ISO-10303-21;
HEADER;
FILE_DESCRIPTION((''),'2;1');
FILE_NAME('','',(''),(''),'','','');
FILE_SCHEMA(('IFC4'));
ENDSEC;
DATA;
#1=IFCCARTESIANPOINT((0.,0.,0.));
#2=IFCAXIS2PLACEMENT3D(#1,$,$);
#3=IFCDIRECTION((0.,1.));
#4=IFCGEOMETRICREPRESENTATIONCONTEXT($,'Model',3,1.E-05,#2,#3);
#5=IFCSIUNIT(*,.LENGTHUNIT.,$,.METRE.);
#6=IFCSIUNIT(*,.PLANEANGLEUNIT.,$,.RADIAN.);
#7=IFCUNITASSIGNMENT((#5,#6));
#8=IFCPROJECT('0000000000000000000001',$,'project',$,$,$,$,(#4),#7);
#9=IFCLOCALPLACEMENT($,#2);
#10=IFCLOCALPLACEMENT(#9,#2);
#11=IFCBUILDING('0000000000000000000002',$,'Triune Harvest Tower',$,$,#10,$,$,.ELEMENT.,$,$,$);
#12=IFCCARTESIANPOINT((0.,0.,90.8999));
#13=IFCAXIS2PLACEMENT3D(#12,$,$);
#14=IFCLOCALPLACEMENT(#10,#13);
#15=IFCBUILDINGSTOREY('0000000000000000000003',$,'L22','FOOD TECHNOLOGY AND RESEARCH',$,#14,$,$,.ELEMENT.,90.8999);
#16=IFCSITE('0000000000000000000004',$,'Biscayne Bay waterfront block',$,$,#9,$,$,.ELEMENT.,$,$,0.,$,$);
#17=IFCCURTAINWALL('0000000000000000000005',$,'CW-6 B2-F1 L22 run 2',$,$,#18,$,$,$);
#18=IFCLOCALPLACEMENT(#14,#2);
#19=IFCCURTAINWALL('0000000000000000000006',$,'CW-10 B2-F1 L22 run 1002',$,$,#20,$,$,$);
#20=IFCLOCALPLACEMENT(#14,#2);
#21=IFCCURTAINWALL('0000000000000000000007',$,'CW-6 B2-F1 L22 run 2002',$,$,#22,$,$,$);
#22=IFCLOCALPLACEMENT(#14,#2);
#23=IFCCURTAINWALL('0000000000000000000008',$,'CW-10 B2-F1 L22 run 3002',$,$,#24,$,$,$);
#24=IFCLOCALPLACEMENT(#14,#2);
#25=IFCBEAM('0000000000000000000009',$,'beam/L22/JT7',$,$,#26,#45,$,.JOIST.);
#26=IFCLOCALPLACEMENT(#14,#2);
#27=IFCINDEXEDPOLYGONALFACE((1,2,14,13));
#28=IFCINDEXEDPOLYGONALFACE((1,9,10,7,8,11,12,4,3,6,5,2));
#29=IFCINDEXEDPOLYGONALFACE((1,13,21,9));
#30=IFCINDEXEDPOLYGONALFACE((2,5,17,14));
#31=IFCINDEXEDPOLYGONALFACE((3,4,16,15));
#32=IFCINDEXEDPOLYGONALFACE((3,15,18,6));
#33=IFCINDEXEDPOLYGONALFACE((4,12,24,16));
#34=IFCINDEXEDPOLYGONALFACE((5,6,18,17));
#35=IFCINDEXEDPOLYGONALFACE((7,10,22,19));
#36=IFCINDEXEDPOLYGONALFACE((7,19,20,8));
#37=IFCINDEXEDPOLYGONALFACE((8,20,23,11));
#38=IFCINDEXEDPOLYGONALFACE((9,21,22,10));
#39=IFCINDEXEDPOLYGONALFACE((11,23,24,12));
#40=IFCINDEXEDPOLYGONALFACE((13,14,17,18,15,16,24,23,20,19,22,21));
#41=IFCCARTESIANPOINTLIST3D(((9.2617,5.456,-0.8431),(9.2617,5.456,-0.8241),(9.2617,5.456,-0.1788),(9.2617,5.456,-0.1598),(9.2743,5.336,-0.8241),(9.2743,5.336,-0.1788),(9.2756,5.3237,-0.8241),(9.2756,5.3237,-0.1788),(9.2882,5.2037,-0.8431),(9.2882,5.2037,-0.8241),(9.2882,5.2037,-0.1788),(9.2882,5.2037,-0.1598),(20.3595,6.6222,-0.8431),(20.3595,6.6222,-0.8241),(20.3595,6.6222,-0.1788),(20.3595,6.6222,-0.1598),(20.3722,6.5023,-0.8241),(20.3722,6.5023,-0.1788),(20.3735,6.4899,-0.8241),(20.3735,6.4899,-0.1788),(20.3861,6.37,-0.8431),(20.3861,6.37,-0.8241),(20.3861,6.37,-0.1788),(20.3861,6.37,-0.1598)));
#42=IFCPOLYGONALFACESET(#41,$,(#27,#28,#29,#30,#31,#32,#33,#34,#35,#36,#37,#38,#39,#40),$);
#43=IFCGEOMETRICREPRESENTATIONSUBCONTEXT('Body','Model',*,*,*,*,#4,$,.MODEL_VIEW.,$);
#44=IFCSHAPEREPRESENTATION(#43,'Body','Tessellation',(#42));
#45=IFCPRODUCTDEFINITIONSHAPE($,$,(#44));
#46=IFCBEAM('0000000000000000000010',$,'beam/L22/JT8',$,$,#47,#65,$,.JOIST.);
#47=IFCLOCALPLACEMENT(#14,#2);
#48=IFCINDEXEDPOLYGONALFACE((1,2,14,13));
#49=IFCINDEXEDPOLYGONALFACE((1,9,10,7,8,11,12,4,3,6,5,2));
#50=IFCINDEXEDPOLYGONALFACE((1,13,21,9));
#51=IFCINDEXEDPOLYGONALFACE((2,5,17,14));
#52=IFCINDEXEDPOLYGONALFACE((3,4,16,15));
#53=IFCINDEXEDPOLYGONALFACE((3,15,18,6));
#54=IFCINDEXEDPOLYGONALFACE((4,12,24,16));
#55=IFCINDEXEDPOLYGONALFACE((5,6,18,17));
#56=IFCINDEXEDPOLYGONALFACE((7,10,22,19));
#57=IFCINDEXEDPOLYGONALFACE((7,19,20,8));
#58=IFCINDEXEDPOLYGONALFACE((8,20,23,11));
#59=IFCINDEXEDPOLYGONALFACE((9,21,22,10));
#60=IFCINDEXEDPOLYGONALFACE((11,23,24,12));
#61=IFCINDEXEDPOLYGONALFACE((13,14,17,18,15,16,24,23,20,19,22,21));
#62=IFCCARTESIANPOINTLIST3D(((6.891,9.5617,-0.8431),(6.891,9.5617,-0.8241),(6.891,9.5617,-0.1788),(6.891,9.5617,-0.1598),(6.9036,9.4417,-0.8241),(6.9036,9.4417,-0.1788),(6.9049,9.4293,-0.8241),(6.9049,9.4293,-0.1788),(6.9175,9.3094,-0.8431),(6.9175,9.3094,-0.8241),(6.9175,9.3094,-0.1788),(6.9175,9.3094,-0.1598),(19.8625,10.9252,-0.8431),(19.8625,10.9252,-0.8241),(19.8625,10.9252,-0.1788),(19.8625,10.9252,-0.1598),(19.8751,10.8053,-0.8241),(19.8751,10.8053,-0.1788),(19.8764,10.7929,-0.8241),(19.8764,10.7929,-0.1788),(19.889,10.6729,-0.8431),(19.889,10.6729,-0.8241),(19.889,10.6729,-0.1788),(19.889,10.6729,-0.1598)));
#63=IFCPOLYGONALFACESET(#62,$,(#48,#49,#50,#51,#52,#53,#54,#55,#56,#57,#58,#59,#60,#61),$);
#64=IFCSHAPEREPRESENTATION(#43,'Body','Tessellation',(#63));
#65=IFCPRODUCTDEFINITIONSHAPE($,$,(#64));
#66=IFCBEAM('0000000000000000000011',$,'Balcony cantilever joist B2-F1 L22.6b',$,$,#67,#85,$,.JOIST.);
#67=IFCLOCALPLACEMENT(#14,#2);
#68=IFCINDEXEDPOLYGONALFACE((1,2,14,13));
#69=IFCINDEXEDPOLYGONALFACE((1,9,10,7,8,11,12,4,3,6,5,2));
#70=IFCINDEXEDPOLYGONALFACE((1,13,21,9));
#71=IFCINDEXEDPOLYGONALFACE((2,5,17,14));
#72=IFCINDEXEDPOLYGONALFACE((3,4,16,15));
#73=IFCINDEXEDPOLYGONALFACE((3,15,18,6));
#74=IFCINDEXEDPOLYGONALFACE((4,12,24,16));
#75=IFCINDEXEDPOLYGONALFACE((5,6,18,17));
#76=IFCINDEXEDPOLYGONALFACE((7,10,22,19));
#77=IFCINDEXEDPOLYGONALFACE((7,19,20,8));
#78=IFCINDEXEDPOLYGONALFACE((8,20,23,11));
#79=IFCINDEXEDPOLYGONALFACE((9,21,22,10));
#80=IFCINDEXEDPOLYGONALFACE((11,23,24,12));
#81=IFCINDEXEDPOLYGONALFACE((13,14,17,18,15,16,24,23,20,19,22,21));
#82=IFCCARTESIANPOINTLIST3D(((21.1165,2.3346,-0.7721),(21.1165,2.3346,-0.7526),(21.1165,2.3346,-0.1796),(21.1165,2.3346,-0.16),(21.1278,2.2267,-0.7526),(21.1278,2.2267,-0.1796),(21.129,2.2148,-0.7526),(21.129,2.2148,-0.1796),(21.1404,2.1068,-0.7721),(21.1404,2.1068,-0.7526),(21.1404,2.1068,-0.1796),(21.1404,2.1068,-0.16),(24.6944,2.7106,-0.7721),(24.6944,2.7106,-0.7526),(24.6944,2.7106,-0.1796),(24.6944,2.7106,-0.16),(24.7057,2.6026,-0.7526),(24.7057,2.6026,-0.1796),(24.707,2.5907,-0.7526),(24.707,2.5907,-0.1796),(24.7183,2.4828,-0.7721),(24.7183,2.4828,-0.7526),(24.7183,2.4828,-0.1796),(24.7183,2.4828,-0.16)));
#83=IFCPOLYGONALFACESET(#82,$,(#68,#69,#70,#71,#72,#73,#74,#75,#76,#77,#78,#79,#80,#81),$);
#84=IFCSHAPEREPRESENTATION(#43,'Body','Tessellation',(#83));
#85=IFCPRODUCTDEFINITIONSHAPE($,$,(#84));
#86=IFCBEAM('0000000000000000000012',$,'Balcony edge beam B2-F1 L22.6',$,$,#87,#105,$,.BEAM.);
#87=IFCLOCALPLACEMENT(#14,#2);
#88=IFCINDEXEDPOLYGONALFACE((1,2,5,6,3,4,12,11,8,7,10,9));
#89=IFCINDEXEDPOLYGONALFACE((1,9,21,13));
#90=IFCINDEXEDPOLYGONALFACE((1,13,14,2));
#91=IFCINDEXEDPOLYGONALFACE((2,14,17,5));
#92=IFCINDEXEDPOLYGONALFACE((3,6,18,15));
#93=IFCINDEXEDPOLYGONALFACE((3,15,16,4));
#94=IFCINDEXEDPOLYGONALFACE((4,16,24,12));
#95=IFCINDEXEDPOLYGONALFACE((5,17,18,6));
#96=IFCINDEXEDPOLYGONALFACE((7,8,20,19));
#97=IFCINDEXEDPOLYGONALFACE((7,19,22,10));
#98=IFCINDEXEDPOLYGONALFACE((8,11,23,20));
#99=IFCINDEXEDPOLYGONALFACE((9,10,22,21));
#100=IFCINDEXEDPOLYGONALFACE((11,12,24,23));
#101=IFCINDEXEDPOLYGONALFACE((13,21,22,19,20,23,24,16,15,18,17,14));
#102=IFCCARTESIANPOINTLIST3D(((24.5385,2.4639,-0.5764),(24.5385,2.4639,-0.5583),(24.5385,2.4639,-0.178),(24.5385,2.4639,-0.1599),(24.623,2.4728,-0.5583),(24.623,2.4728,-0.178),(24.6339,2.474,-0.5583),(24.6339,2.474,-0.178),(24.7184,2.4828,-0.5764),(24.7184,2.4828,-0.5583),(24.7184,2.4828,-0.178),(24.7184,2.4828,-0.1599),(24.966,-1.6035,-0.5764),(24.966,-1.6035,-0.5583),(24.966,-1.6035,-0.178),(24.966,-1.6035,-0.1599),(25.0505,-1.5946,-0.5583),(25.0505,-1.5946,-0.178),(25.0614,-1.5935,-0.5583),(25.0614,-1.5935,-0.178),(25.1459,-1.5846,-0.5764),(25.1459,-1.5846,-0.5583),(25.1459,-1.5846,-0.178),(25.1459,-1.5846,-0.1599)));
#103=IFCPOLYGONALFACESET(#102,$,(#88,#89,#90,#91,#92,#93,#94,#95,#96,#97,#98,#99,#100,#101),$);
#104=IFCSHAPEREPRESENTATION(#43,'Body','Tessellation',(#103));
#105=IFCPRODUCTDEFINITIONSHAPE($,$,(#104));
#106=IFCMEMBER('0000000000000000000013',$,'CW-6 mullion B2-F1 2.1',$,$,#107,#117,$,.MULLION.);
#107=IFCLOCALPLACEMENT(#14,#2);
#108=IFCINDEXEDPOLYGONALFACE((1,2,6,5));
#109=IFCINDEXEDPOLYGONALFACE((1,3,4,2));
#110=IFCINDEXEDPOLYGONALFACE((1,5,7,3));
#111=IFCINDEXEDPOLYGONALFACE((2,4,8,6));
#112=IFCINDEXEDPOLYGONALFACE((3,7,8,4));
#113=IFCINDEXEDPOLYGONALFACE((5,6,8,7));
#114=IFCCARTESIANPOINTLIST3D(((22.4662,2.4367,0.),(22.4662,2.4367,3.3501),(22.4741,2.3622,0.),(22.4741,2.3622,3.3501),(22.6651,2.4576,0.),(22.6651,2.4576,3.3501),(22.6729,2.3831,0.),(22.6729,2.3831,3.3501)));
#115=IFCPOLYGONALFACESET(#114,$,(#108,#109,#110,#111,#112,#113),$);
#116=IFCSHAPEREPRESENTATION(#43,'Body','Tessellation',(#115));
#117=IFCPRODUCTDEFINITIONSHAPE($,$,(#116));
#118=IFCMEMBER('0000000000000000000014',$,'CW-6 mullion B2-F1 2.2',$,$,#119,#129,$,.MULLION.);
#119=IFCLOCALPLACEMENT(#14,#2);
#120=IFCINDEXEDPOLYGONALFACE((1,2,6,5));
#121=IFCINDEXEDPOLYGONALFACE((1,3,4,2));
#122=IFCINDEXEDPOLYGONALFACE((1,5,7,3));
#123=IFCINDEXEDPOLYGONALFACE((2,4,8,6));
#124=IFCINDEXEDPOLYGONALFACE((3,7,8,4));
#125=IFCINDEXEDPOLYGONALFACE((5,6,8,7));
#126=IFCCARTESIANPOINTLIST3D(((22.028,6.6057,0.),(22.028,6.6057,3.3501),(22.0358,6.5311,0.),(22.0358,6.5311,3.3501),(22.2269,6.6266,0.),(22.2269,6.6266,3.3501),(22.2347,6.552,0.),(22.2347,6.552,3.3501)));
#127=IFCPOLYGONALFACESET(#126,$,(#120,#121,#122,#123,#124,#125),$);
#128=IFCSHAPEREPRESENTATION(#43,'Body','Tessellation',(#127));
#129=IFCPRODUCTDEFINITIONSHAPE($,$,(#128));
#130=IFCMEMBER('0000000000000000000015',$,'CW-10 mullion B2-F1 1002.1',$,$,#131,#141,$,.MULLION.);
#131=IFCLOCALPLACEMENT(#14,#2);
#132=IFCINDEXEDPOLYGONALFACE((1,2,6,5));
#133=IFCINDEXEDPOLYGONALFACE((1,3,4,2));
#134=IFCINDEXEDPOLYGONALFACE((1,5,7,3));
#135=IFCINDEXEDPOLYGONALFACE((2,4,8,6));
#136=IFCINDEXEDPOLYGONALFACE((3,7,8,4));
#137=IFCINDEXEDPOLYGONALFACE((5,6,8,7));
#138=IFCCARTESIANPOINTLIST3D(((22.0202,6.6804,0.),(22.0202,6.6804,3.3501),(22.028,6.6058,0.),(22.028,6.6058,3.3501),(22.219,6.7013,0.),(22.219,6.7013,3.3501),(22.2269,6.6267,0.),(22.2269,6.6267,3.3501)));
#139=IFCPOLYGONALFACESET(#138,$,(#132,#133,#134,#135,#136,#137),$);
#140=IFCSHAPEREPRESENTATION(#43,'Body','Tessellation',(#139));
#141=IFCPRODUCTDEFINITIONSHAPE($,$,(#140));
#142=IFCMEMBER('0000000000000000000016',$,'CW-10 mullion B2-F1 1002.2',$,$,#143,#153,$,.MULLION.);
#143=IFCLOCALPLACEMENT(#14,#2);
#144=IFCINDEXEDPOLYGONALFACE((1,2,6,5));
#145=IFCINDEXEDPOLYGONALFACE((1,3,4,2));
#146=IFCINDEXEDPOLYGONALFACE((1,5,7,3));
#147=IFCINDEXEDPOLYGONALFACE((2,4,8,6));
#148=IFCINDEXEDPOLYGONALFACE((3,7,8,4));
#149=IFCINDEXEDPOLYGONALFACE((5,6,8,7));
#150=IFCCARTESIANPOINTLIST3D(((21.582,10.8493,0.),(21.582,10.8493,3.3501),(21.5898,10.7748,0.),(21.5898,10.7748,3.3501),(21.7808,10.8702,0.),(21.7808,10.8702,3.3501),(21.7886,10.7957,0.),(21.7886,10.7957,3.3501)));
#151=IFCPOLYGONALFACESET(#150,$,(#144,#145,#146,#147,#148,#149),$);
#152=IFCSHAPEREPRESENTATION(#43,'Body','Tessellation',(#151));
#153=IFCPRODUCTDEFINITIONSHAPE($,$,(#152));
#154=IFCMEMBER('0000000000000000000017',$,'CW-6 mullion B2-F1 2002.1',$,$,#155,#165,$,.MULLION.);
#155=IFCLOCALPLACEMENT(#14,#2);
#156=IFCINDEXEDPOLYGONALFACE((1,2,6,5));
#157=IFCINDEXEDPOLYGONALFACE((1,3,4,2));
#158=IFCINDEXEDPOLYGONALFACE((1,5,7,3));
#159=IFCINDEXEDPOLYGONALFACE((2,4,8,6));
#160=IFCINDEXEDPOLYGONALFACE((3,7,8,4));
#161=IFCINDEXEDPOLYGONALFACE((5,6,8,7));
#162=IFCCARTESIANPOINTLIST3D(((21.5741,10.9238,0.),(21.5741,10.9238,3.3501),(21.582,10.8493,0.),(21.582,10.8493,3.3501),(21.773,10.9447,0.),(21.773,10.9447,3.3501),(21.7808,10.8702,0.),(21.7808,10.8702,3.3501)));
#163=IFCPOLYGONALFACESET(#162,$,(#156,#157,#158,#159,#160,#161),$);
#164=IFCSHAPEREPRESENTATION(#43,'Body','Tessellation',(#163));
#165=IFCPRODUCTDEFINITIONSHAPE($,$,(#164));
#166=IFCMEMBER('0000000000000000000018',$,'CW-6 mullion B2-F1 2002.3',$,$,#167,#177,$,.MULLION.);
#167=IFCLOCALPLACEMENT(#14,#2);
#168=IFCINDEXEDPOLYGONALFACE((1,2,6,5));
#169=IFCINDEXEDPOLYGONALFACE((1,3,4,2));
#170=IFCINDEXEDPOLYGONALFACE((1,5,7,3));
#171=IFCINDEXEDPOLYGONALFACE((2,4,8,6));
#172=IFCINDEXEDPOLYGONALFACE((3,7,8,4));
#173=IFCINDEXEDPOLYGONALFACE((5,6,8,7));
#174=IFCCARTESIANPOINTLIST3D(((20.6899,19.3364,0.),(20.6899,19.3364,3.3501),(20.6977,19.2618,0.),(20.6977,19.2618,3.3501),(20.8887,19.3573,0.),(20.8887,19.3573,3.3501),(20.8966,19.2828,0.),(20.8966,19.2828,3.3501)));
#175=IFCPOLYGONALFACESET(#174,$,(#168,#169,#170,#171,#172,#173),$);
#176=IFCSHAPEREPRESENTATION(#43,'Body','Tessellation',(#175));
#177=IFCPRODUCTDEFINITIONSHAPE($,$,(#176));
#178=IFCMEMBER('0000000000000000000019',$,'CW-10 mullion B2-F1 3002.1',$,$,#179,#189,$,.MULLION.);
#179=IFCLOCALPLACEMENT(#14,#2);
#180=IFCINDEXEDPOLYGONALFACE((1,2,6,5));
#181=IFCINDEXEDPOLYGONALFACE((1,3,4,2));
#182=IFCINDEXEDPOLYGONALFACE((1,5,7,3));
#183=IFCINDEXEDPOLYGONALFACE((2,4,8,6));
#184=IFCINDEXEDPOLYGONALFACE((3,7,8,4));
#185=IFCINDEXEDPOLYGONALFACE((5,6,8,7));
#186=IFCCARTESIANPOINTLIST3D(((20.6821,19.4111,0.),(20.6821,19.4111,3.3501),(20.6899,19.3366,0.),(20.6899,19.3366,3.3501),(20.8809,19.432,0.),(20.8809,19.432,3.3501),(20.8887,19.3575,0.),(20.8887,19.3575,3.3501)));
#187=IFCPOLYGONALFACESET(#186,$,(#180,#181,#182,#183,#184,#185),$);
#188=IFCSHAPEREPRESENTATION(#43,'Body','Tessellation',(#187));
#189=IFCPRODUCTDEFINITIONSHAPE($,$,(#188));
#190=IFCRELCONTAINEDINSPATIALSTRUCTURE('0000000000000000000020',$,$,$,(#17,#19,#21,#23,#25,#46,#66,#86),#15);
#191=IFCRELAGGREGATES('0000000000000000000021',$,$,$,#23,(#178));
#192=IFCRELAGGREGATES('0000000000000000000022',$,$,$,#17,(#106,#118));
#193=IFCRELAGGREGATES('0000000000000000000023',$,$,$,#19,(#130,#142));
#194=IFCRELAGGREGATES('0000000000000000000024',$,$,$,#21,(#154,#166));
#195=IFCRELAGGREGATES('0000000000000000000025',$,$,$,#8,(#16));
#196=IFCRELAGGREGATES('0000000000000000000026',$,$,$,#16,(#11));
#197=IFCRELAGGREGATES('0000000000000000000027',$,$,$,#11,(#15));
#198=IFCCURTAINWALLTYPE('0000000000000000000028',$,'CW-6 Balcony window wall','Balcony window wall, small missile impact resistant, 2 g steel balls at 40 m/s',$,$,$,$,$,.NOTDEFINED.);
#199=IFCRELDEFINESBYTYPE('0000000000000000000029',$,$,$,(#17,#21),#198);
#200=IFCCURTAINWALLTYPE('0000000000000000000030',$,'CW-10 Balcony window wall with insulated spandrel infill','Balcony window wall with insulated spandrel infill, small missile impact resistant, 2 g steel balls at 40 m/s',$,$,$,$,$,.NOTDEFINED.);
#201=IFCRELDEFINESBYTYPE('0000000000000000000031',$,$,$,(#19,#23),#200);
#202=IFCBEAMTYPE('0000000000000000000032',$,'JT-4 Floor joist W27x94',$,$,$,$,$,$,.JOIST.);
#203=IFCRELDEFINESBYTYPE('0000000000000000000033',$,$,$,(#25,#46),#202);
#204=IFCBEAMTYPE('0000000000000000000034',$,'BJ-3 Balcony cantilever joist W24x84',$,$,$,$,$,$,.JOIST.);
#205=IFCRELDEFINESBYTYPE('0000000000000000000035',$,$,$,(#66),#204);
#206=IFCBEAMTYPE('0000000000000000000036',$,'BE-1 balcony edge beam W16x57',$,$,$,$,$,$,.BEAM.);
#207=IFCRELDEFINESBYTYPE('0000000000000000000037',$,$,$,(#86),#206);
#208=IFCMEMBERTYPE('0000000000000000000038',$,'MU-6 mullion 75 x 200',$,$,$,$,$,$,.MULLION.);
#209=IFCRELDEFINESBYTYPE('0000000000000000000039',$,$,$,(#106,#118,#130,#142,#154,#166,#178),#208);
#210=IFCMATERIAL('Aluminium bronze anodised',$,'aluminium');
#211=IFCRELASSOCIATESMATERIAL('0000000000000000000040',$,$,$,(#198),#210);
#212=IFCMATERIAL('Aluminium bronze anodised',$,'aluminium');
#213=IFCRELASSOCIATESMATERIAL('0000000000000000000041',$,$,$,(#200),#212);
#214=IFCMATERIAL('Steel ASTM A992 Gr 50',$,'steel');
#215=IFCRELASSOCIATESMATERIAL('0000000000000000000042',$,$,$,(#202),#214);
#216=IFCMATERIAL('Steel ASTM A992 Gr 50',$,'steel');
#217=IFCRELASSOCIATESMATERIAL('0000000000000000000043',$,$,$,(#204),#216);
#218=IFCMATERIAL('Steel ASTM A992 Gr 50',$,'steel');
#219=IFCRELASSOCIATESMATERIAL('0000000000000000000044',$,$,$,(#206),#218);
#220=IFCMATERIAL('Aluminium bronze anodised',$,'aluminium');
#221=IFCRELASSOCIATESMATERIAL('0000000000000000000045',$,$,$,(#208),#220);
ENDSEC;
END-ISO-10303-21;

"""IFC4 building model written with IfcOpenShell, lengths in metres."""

from ifc_helpers import new_model, si_unit, direction, frame, origin, origin_2d, place, context, subcontext, project, spatial, rectangle, i_section, extrude, source, transform, mapped, material, material_profile, profile_set, type_object, element, aggregate, save


model = new_model("IFC4")

# Units and contexts
model_context = context("Model", 3, precision=1e-05, world=origin(), true_north=direction((0.0, 1.0)))
body_context = subcontext(model_context, "Body", "Model", "MODEL_VIEW")
ifc_project = project(units=[si_unit("LENGTHUNIT", "METRE"), si_unit("PLANEANGLEUNIT", "RADIAN")], contexts=[model_context])

# Site, building, storey
site_placement = place(None, origin())
site = spatial("IfcSite", under=ifc_project, at=site_placement, Name="Biscayne Bay waterfront block", CompositionType="ELEMENT", RefElevation=0.0)
building_placement = place(site_placement, origin())
building = spatial("IfcBuilding", under=site, at=building_placement, Name="Triune Harvest Tower", CompositionType="ELEMENT")
storey_placement = place(building_placement, frame((0.0, 0.0, 90.8999)))
storey = spatial("IfcBuildingStorey", under=building, at=storey_placement, Name="L22", Description="FOOD TECHNOLOGY AND RESEARCH", CompositionType="ELEMENT", Elevation=90.8999)

# Curtain walls
ifc_material_1 = material(Name="Aluminium bronze anodised", Category="aluminium")
curtain_wall_type_1 = type_object("IfcCurtainWallType", Name="CW-6 Balcony window wall", Description="Balcony window wall, small missile impact resistant, 2 g steel balls at 40 m/s", PredefinedType="NOTDEFINED", material=ifc_material_1)
curtain_wall_1_placement = place(storey_placement, origin())
curtain_wall_1 = element("IfcCurtainWall", 1, at=curtain_wall_1_placement, inside=storey, type_object=curtain_wall_type_1, Name="CW-6 B2-F1 L22 run 2")
ifc_material_2 = material(Name="Aluminium bronze anodised", Category="aluminium")
curtain_wall_type_2 = type_object("IfcCurtainWallType", Name="CW-10 Balcony window wall with insulated spandrel infill", Description="Balcony window wall with insulated spandrel infill, small missile impact resistant, 2 g steel balls at 40 m/s", PredefinedType="NOTDEFINED", material=ifc_material_2)
curtain_wall_2_placement = place(storey_placement, origin())
curtain_wall_2 = element("IfcCurtainWall", 2, at=curtain_wall_2_placement, inside=storey, type_object=curtain_wall_type_2, Name="CW-10 B2-F1 L22 run 1002")
curtain_wall_3_placement = place(storey_placement, origin())
curtain_wall_3 = element("IfcCurtainWall", 3, at=curtain_wall_3_placement, inside=storey, type_object=curtain_wall_type_1, Name="CW-6 B2-F1 L22 run 2002")
curtain_wall_4_placement = place(storey_placement, origin())
curtain_wall_4 = element("IfcCurtainWall", 4, at=curtain_wall_4_placement, inside=storey, type_object=curtain_wall_type_2, Name="CW-10 B2-F1 L22 run 3002")

# Beams
ifc_material_3 = material(Name="Steel ASTM A992 Gr 50", Category="steel")
ifc_material_profile_1 = material_profile(ifc_material_3, i_section(OverallWidth=0.2537, OverallDepth=0.6833, WebThickness=0.0125, FlangeThickness=0.019, at=origin_2d()), Name="W27x94")
ifc_profile_set_1 = profile_set([ifc_material_profile_1], Name="Steel ASTM A992 Gr 50")
beam_type_1 = type_object("IfcBeamType", Name="JT-4 Floor joist W27x94", PredefinedType="JOIST", material=ifc_profile_set_1)
shared_shape_1 = source(origin(), body_context, "Body", "SweptSolid", [
    extrude(i_section(OverallWidth=0.2537, OverallDepth=0.6833, WebThickness=0.0125, FlangeThickness=0.019, at=origin_2d()), origin(), (0.0, 0.0, 1.0), 11.1589),
])
beam_1_placement = place(storey_placement, frame((20.3728, 6.4961, -0.5015), z_axis=(-0.994524, -0.104513, 0.0), x_axis=(0.104513, -0.994524, 0.0)))
element("IfcBeam", 5, at=beam_1_placement, inside=storey, type_object=beam_type_1, Name="beam/L22/JT7", PredefinedType="JOIST", context=body_context, shape_type="MappedRepresentation", body=[
    mapped(shared_shape_1, transform((0.0, 0.0, 0.0), scale=1.0)),
])
shared_shape_2 = source(origin(), body_context, "Body", "SweptSolid", [
    extrude(i_section(OverallWidth=0.2537, OverallDepth=0.6833, WebThickness=0.0125, FlangeThickness=0.019, at=origin_2d()), origin(), (0.0, 0.0, 1.0), 13.043),
])
beam_2_placement = place(storey_placement, frame((19.8757, 10.7991, -0.5015), z_axis=(-0.994521, -0.104542, 0.0), x_axis=(0.104542, -0.994521, 0.0)))
element("IfcBeam", 6, at=beam_2_placement, inside=storey, type_object=beam_type_1, Name="beam/L22/JT8", PredefinedType="JOIST", context=body_context, shape_type="MappedRepresentation", body=[
    mapped(shared_shape_2, transform((0.0, 0.0, 0.0), scale=1.0)),
])
ifc_material_4 = material(Name="Steel ASTM A992 Gr 50", Category="steel")
ifc_material_profile_2 = material_profile(ifc_material_4, i_section(OverallWidth=0.229, OverallDepth=0.6121, WebThickness=0.012, FlangeThickness=0.0195, at=origin_2d()), Name="W24x84")
ifc_profile_set_2 = profile_set([ifc_material_profile_2], Name="Steel ASTM A992 Gr 50")
beam_type_2 = type_object("IfcBeamType", Name="BJ-3 Balcony cantilever joist W24x84", PredefinedType="JOIST", material=ifc_profile_set_2)
shared_shape_3 = source(origin(), body_context, "Body", "SweptSolid", [
    extrude(i_section(OverallWidth=0.229, OverallDepth=0.6121, WebThickness=0.012, FlangeThickness=0.0195, at=origin_2d()), origin(), (0.0, 0.0, 1.0), 3.5977),
])
beam_3_placement = place(storey_placement, frame((21.1284, 2.2207, -0.4661), z_axis=(0.994524, 0.104508, 0.0), x_axis=(-0.104508, 0.994524, 0.0)))
element("IfcBeam", 7, at=beam_3_placement, inside=storey, type_object=beam_type_2, Name="Balcony cantilever joist B2-F1 L22.6b", PredefinedType="JOIST", context=body_context, shape_type="MappedRepresentation", body=[
    mapped(shared_shape_3, transform((0.0, 0.0, 0.0), scale=1.0)),
])
ifc_material_5 = material(Name="Steel ASTM A992 Gr 50", Category="steel")
ifc_material_profile_3 = material_profile(ifc_material_5, i_section(OverallWidth=0.1809, OverallDepth=0.4165, WebThickness=0.011, FlangeThickness=0.0181, at=origin_2d()), Name="W16x57")
ifc_profile_set_3 = profile_set([ifc_material_profile_3], Name="Steel ASTM A992 Gr 50")
beam_type_3 = type_object("IfcBeamType", Name="BE-1 balcony edge beam W16x57", PredefinedType="BEAM", material=ifc_profile_set_3)
shared_shape_4 = source(origin(), body_context, "Body", "SweptSolid", [
    extrude(i_section(OverallWidth=0.1809, OverallDepth=0.4165, WebThickness=0.011, FlangeThickness=0.0181, at=origin_2d()), origin(), (0.0, 0.0, 1.0), 4.0898),
])
beam_4_placement = place(storey_placement, frame((24.6284, 2.4734, -0.3682), z_axis=(0.104526, -0.994522, 0.0), x_axis=(0.994522, 0.104526, 0.0)))
element("IfcBeam", 8, at=beam_4_placement, inside=storey, type_object=beam_type_3, Name="Balcony edge beam B2-F1 L22.6", PredefinedType="BEAM", context=body_context, shape_type="MappedRepresentation", body=[
    mapped(shared_shape_4, transform((0.0, 0.0, 0.0), scale=1.0)),
])

# Members
ifc_material_6 = material(Name="Aluminium bronze anodised", Category="aluminium")
ifc_material_profile_4 = material_profile(ifc_material_6, rectangle(XDim=0.2, YDim=0.075, at=origin_2d()), Name="MU-6 mullion 75 x 200")
ifc_profile_set_4 = profile_set([ifc_material_profile_4], Name="Aluminium bronze anodised")
member_type_1 = type_object("IfcMemberType", Name="MU-6 mullion 75 x 200", PredefinedType="MULLION", material=ifc_profile_set_4)
shared_shape_5 = source(origin(), body_context, "Body", "SweptSolid", [
    extrude(rectangle(XDim=0.2, YDim=0.075, at=origin_2d()), origin(), (0.0, 0.0, 1.0), 3.3501),
])
member_1_placement = place(storey_placement, frame((22.5696, 2.4099, 0.0), z_axis=(0.0, 0.0, 1.0), x_axis=(-0.994522, -0.104524, 0.0)))
member_1 = element("IfcMember", 9, at=member_1_placement, type_object=member_type_1, Name="CW-6 mullion B2-F1 2.1", PredefinedType="MULLION", context=body_context, shape_type="MappedRepresentation", body=[
    mapped(shared_shape_5, transform((0.0, 0.0, 0.0), scale=1.0)),
])
member_2_placement = place(storey_placement, frame((22.1313, 6.5789, 0.0), z_axis=(0.0, 0.0, 1.0), x_axis=(-0.994522, -0.104524, 0.0)))
member_2 = element("IfcMember", 10, at=member_2_placement, type_object=member_type_1, Name="CW-6 mullion B2-F1 2.2", PredefinedType="MULLION", context=body_context, shape_type="MappedRepresentation", body=[
    mapped(shared_shape_5, transform((0.0, 0.0, 0.0), scale=1.0)),
])
member_3_placement = place(storey_placement, frame((22.1235, 6.6536, 0.0), z_axis=(0.0, 0.0, 1.0), x_axis=(-0.994522, -0.104526, 0.0)))
member_3 = element("IfcMember", 11, at=member_3_placement, type_object=member_type_1, Name="CW-10 mullion B2-F1 1002.1", PredefinedType="MULLION", context=body_context, shape_type="MappedRepresentation", body=[
    mapped(shared_shape_5, transform((0.0, 0.0, 0.0), scale=1.0)),
])
member_4_placement = place(storey_placement, frame((21.6853, 10.8225, 0.0), z_axis=(0.0, 0.0, 1.0), x_axis=(-0.994522, -0.104526, 0.0)))
member_4 = element("IfcMember", 12, at=member_4_placement, type_object=member_type_1, Name="CW-10 mullion B2-F1 1002.2", PredefinedType="MULLION", context=body_context, shape_type="MappedRepresentation", body=[
    mapped(shared_shape_5, transform((0.0, 0.0, 0.0), scale=1.0)),
])
member_5_placement = place(storey_placement, frame((21.6775, 10.897, 0.0), z_axis=(0.0, 0.0, 1.0), x_axis=(-0.994521, -0.104535, 0.0)))
member_5 = element("IfcMember", 13, at=member_5_placement, type_object=member_type_1, Name="CW-6 mullion B2-F1 2002.1", PredefinedType="MULLION", context=body_context, shape_type="MappedRepresentation", body=[
    mapped(shared_shape_5, transform((0.0, 0.0, 0.0), scale=1.0)),
])
member_6_placement = place(storey_placement, frame((20.7932, 19.3096, 0.0), z_axis=(0.0, 0.0, 1.0), x_axis=(-0.994521, -0.104535, 0.0)))
member_6 = element("IfcMember", 14, at=member_6_placement, type_object=member_type_1, Name="CW-6 mullion B2-F1 2002.3", PredefinedType="MULLION", context=body_context, shape_type="MappedRepresentation", body=[
    mapped(shared_shape_5, transform((0.0, 0.0, 0.0), scale=1.0)),
])
member_7_placement = place(storey_placement, frame((20.7854, 19.3843, 0.0), z_axis=(0.0, 0.0, 1.0), x_axis=(-0.994522, -0.104525, 0.0)))
member_7 = element("IfcMember", 15, at=member_7_placement, type_object=member_type_1, Name="CW-10 mullion B2-F1 3002.1", PredefinedType="MULLION", context=body_context, shape_type="MappedRepresentation", body=[
    mapped(shared_shape_5, transform((0.0, 0.0, 0.0), scale=1.0)),
])
aggregate(curtain_wall_4, [member_7])

aggregate(curtain_wall_1, [member_1, member_2])
aggregate(curtain_wall_2, [member_3, member_4])
aggregate(curtain_wall_3, [member_5, member_6])

save(model, "model.ifc")
